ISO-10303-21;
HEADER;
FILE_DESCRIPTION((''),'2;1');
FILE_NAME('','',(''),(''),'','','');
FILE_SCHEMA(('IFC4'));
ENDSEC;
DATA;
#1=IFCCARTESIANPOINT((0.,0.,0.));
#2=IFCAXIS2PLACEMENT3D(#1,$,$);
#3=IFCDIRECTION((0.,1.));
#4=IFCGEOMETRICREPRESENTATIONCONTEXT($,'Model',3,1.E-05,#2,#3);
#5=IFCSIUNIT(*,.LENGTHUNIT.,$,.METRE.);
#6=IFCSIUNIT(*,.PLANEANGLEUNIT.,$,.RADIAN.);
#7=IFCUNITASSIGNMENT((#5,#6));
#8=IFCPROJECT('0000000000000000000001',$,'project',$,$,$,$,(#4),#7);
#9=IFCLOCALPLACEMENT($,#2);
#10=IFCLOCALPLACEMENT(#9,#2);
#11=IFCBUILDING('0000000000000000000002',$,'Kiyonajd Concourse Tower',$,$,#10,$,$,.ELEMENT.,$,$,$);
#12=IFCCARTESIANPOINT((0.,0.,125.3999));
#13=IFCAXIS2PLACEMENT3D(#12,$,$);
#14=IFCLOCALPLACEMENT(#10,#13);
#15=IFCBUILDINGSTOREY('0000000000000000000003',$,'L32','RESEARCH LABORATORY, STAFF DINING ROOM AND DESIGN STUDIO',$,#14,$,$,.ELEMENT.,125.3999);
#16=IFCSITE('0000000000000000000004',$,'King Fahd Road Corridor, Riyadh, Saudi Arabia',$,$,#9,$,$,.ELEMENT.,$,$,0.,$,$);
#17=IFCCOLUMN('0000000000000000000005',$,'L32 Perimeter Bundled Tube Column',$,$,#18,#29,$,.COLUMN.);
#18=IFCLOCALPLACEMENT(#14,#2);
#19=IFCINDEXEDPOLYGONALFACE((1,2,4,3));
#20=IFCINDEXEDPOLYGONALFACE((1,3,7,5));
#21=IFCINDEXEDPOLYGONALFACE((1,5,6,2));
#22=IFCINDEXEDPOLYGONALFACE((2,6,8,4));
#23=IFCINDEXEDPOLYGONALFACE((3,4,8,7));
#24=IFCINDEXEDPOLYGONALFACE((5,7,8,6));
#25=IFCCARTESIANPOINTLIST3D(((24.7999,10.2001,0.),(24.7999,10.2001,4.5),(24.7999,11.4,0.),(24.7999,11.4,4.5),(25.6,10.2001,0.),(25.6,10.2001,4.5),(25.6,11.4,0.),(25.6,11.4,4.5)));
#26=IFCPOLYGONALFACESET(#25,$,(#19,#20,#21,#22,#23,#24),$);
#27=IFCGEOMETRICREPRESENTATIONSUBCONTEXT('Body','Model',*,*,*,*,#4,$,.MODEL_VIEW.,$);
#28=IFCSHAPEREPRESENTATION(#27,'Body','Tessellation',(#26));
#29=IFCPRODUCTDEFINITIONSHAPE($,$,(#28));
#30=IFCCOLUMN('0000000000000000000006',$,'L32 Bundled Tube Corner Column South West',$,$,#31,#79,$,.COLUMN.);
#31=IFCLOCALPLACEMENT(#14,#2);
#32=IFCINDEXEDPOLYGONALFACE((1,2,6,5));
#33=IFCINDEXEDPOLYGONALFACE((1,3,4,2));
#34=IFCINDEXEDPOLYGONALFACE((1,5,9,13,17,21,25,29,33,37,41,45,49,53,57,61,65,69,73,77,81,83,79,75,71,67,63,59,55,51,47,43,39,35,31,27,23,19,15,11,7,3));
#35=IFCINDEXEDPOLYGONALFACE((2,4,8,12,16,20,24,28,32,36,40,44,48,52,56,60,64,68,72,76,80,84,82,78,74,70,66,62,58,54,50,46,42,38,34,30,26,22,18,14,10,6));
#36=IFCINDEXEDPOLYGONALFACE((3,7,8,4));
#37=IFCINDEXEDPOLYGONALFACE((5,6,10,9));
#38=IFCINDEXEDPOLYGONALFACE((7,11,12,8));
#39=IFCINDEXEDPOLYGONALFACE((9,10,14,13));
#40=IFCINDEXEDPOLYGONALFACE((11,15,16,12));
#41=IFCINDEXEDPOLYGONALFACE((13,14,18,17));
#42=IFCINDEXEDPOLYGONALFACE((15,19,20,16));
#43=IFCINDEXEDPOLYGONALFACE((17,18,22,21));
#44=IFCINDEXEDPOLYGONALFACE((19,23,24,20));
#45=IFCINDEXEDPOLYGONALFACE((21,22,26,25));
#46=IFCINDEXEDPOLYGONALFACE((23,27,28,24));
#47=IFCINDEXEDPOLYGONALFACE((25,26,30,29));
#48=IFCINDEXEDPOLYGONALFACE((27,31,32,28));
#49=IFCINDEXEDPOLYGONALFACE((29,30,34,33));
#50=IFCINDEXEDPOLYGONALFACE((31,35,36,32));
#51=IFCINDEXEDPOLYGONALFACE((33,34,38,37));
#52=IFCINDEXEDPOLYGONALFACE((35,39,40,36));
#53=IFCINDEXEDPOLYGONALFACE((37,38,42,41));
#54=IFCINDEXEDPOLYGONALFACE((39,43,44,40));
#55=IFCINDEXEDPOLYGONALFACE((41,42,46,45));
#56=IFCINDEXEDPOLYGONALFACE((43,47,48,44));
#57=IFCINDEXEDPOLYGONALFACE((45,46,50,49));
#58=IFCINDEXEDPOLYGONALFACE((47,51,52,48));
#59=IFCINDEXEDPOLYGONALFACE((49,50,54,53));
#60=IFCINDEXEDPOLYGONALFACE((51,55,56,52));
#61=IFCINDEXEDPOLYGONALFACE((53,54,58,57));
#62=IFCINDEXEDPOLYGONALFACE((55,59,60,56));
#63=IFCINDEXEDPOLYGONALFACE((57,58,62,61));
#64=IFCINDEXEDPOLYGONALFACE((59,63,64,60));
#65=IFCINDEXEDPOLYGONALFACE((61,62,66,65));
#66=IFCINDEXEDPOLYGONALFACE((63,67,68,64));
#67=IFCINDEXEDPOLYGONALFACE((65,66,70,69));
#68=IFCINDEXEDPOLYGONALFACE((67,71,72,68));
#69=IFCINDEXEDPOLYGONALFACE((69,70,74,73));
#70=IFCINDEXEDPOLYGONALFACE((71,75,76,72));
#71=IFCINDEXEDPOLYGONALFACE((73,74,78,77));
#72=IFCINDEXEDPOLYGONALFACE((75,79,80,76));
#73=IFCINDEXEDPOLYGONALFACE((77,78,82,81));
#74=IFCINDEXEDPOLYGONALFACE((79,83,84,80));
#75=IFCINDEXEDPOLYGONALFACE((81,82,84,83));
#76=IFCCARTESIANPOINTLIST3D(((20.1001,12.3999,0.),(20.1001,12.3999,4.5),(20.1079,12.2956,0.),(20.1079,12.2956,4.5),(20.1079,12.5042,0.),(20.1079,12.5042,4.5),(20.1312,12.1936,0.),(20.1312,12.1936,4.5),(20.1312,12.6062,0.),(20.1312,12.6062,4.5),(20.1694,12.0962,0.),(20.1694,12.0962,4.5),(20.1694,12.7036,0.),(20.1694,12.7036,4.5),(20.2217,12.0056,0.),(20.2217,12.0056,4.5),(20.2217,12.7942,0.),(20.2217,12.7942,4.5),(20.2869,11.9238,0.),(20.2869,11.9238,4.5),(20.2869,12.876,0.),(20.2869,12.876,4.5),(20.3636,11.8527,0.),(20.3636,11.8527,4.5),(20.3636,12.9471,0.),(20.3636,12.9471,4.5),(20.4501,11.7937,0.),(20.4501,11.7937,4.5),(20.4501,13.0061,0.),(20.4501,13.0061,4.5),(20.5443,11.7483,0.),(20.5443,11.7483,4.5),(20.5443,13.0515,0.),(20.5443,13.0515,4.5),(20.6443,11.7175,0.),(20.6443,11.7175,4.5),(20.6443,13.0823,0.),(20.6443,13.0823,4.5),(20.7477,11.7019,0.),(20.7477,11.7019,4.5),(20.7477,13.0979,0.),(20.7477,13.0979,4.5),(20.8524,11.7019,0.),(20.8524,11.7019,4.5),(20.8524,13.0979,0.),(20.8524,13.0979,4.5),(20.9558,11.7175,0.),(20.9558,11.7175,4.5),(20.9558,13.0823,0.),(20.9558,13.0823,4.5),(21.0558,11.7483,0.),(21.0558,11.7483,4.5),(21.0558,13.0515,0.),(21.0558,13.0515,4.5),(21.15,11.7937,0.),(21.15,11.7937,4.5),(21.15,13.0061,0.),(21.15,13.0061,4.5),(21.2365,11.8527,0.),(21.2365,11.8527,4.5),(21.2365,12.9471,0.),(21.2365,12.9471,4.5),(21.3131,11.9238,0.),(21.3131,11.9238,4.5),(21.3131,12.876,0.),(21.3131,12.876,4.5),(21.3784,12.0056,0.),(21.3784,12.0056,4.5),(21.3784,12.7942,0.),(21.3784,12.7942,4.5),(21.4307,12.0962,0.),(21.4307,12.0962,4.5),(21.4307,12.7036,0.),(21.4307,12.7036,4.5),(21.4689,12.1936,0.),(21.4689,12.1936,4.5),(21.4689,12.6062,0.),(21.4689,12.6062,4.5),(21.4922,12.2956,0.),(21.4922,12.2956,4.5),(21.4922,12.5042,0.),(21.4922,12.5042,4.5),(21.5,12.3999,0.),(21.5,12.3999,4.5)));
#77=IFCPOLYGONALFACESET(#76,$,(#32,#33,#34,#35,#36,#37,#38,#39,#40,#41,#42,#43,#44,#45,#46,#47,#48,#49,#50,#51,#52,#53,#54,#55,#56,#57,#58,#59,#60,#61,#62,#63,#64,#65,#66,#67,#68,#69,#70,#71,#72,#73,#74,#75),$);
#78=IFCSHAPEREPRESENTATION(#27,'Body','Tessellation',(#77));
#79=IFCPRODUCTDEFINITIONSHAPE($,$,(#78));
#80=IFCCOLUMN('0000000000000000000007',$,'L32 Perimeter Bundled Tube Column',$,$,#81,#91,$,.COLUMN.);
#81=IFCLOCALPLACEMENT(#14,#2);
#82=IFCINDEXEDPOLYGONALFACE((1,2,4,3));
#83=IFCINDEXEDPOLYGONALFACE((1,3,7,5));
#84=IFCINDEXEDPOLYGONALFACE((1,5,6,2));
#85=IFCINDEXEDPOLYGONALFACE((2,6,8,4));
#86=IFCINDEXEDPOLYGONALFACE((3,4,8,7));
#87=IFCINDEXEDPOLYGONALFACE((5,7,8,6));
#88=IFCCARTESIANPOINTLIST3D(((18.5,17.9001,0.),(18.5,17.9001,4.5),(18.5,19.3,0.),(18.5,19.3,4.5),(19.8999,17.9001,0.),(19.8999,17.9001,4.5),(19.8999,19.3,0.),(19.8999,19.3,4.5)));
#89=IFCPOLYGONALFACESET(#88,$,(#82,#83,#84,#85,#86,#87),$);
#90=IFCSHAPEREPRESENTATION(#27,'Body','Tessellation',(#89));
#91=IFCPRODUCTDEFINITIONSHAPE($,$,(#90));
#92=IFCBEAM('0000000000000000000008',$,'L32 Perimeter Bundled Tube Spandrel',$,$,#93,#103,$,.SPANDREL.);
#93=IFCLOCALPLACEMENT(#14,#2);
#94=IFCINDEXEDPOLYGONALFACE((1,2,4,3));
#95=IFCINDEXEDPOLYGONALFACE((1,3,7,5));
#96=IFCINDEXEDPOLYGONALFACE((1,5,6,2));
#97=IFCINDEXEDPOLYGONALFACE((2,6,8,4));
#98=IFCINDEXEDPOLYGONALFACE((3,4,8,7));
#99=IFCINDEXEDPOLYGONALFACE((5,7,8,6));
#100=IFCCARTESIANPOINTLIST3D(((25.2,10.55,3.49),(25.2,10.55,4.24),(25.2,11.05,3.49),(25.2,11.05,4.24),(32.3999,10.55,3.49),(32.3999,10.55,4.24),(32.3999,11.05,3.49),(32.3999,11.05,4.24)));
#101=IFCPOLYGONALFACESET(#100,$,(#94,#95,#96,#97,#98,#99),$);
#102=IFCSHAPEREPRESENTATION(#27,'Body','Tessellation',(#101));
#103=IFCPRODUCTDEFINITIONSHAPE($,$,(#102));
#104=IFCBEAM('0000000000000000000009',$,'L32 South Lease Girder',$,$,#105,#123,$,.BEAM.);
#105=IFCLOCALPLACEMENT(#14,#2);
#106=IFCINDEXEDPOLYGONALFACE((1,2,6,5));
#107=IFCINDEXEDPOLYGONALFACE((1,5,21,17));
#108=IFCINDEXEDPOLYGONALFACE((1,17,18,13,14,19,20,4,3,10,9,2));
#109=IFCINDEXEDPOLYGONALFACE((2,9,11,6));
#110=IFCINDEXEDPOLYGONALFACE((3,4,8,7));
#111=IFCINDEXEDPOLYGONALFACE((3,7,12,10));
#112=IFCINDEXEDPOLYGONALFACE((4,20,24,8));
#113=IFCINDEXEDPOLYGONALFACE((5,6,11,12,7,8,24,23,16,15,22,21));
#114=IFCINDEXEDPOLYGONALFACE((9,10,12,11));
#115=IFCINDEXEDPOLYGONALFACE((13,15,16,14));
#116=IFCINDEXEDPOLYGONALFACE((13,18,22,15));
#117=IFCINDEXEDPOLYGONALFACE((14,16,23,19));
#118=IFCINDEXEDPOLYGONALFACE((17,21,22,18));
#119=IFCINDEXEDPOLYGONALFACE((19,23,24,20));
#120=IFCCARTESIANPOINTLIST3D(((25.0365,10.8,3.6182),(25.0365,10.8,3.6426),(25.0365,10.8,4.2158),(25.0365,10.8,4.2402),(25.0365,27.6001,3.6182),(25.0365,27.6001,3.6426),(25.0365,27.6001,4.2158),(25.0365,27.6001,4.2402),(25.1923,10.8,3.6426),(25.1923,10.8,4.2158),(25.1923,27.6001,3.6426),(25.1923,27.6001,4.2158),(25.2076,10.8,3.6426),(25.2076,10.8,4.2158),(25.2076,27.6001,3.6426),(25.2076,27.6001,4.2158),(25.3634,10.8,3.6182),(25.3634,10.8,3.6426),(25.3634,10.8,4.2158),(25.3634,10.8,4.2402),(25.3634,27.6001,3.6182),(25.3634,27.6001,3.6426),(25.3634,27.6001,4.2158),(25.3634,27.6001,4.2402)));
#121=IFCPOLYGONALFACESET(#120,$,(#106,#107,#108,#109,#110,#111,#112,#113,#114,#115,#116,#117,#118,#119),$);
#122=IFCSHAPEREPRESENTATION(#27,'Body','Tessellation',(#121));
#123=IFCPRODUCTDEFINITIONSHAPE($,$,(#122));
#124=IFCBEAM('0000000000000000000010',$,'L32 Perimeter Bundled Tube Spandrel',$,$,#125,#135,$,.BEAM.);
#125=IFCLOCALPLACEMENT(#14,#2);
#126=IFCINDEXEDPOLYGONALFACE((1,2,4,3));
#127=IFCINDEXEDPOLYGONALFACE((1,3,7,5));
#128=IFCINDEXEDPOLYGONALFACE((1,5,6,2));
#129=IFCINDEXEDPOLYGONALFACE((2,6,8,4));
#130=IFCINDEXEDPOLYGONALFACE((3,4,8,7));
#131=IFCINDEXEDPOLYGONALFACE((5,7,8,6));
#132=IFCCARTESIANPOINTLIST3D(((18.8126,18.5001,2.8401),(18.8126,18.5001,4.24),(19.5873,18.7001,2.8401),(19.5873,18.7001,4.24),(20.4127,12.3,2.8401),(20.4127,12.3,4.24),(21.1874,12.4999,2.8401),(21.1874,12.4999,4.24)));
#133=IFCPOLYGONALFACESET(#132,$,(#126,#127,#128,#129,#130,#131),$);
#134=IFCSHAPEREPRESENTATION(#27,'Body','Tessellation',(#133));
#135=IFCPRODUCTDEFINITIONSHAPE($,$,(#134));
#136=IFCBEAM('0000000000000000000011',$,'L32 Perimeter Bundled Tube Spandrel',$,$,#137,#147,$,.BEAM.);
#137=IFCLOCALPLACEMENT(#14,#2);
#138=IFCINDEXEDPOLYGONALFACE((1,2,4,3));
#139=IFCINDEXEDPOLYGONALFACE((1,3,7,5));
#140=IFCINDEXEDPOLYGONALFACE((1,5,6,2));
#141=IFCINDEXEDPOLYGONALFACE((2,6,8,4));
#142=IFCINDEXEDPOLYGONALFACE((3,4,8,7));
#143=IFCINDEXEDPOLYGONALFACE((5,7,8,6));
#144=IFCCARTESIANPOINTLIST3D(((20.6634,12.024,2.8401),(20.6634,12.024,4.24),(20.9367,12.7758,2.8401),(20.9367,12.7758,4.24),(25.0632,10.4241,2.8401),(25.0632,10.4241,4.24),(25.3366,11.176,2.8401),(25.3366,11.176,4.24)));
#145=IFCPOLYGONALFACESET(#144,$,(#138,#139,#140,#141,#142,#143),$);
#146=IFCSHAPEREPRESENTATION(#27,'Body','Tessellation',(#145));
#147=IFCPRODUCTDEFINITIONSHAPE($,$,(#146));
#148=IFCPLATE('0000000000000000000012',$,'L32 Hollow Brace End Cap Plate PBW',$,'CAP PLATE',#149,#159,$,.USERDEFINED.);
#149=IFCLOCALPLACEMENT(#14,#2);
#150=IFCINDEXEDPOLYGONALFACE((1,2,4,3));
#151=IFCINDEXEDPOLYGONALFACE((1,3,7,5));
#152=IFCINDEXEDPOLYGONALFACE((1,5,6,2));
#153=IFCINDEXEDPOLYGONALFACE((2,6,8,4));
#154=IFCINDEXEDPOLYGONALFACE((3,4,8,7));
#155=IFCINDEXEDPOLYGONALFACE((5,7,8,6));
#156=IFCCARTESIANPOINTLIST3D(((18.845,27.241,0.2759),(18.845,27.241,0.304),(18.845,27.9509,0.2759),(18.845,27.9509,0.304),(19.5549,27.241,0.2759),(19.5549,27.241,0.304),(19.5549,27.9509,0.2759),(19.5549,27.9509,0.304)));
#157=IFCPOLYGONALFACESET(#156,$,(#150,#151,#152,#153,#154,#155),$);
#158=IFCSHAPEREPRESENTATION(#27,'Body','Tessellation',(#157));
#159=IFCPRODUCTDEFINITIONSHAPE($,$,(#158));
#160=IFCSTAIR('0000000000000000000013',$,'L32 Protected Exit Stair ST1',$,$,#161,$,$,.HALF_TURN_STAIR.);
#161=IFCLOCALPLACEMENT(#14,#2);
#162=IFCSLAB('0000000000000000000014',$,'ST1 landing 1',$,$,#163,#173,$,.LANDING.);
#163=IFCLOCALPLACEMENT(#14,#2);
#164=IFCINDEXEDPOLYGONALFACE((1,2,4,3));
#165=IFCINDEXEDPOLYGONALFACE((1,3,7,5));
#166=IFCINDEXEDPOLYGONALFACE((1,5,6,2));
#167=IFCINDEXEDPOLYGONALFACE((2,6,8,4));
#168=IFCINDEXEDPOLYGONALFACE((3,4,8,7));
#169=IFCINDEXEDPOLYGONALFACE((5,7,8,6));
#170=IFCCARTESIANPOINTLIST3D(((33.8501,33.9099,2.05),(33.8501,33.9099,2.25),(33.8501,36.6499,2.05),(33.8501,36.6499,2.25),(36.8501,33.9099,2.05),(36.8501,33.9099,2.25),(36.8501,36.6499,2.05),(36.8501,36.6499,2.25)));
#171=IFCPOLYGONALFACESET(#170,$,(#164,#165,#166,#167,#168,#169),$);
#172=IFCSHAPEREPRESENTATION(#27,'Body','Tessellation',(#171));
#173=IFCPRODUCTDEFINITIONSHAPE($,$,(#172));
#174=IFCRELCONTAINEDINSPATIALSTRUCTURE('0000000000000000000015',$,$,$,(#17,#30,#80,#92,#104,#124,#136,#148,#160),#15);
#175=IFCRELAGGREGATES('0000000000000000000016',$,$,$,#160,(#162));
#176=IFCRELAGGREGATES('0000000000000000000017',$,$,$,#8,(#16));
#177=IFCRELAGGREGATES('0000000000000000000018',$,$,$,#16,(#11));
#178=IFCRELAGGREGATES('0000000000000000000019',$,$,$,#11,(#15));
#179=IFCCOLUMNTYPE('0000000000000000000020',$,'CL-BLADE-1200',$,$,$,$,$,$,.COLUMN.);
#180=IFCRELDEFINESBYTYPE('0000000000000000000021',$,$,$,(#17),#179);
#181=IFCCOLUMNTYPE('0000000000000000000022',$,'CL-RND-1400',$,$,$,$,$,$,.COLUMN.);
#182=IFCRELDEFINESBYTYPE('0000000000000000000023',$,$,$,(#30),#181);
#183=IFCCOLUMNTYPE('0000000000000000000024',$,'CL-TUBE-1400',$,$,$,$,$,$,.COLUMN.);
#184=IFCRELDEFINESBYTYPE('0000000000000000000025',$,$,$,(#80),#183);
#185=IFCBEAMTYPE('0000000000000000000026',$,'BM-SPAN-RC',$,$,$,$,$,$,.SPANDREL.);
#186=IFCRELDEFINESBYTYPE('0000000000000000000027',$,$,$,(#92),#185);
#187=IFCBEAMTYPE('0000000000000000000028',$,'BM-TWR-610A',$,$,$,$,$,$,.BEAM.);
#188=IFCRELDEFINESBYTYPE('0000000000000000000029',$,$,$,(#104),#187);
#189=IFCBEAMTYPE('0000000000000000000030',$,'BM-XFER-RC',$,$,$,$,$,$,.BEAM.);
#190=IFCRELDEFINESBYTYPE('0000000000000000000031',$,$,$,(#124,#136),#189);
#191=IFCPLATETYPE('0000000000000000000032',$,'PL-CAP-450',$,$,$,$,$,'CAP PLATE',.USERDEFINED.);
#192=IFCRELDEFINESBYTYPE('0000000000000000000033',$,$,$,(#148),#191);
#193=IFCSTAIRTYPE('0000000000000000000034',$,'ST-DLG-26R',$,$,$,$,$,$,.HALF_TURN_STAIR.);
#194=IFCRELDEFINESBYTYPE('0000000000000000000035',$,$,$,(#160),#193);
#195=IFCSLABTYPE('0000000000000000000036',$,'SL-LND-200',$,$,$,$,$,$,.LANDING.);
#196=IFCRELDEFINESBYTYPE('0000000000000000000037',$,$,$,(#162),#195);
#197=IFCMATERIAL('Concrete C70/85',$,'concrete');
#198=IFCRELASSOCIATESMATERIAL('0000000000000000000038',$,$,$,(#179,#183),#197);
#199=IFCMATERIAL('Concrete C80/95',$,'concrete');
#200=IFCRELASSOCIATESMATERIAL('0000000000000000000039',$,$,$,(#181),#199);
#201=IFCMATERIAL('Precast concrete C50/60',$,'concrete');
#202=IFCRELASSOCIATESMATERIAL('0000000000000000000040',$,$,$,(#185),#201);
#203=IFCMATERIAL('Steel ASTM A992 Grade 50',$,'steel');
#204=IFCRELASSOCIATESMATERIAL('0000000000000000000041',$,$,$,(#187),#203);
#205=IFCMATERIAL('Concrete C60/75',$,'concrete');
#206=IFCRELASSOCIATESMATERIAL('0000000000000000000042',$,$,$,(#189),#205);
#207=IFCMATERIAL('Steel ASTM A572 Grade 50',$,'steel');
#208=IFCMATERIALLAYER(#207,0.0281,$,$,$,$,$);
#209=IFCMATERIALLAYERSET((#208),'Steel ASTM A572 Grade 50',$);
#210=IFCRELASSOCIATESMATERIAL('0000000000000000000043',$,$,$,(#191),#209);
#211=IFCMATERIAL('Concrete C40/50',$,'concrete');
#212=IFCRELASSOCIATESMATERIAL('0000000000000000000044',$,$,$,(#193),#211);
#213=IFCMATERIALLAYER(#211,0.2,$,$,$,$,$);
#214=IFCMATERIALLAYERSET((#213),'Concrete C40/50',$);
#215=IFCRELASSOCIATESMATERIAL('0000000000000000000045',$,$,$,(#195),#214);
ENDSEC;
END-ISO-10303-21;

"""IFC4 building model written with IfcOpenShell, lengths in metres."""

from ifc_helpers import new_model, si_unit, direction, frame, origin, origin_2d, place, context, subcontext, project, spatial, polyline, rectangle, circle, i_section, outline, extrude, material, layer, layer_set, material_profile, profile_set, type_object, element, aggregate, save


model = new_model("IFC4")

# Units and contexts
model_context = context("Model", 3, precision=1e-05, world=origin(), true_north=direction((0.0, 1.0)))
body_context = subcontext(model_context, "Body", "Model", "MODEL_VIEW")
ifc_project = project(units=[si_unit("LENGTHUNIT", "METRE"), si_unit("PLANEANGLEUNIT", "RADIAN")], contexts=[model_context])

# Site, building, storey
site_placement = place(None, origin())
site = spatial("IfcSite", under=ifc_project, at=site_placement, Name="King Fahd Road Corridor, Riyadh, Saudi Arabia", CompositionType="ELEMENT", RefElevation=0.0)
building_placement = place(site_placement, origin())
building = spatial("IfcBuilding", under=site, at=building_placement, Name="Kiyonajd Concourse Tower", CompositionType="ELEMENT")
storey_placement = place(building_placement, frame((0.0, 0.0, 125.3999)))
storey = spatial("IfcBuildingStorey", under=building, at=storey_placement, Name="L32", Description="RESEARCH LABORATORY, STAFF DINING ROOM AND DESIGN STUDIO", CompositionType="ELEMENT", Elevation=125.3999)

# Columns
ifc_material_1 = material(Name="Concrete C70/85", Category="concrete")
ifc_material_profile_1 = material_profile(ifc_material_1, rectangle(XDim=0.8, YDim=1.2, at=origin_2d()), Name="RC-1200x800")
ifc_profile_set_1 = profile_set([ifc_material_profile_1], Name="Concrete C70/85")
column_type_1 = type_object("IfcColumnType", Name="CL-BLADE-1200", PredefinedType="COLUMN", material=ifc_profile_set_1)
column_1_placement = place(storey_placement, frame((25.2, 10.8, 0.0), z_axis=(0.0, 0.0, 1.0), x_axis=(1.0, 0.0, 0.0)))
element("IfcColumn", 1, at=column_1_placement, inside=storey, type_object=column_type_1, Name="L32 Perimeter Bundled Tube Column", PredefinedType="COLUMN", context=body_context, shape_type="SweptSolid", body=[
    extrude(rectangle(XDim=0.8, YDim=1.2, at=origin_2d()), origin(), (0.0, 0.0, 1.0), 4.5),
])
ifc_material_2 = material(Name="Concrete C80/95", Category="concrete")
ifc_material_profile_2 = material_profile(ifc_material_2, circle(Radius=0.7, at=origin_2d()), Name="RCC-D1400")
ifc_profile_set_2 = profile_set([ifc_material_profile_2], Name="Concrete C80/95")
column_type_2 = type_object("IfcColumnType", Name="CL-RND-1400", PredefinedType="COLUMN", material=ifc_profile_set_2)
column_2_placement = place(storey_placement, frame((20.8, 12.3999, 0.0), z_axis=(0.0, 0.0, 1.0), x_axis=(1.0, 0.0, 0.0)))
element("IfcColumn", 2, at=column_2_placement, inside=storey, type_object=column_type_2, Name="L32 Bundled Tube Corner Column South West", PredefinedType="COLUMN", context=body_context, shape_type="SweptSolid", body=[
    extrude(circle(Radius=0.7, at=origin_2d()), origin(), (0.0, 0.0, 1.0), 4.5),
])
ifc_material_profile_3 = material_profile(ifc_material_1, rectangle(XDim=1.3999, YDim=1.3999, at=origin_2d()), Name="RC-1400x1400")
ifc_profile_set_3 = profile_set([ifc_material_profile_3], Name="Concrete C70/85")
column_type_3 = type_object("IfcColumnType", Name="CL-TUBE-1400", PredefinedType="COLUMN", material=ifc_profile_set_3)
column_3_placement = place(storey_placement, frame((19.2, 18.6001, 0.0), z_axis=(0.0, 0.0, 1.0), x_axis=(1.0, 0.0, 0.0)))
element("IfcColumn", 3, at=column_3_placement, inside=storey, type_object=column_type_3, Name="L32 Perimeter Bundled Tube Column", PredefinedType="COLUMN", context=body_context, shape_type="SweptSolid", body=[
    extrude(rectangle(XDim=1.3999, YDim=1.3999, at=origin_2d()), origin(), (0.0, 0.0, 1.0), 4.5),
])

# Beams
ifc_material_3 = material(Name="Precast concrete C50/60", Category="concrete")
ifc_material_profile_4 = material_profile(ifc_material_3, rectangle(XDim=0.5, YDim=0.75, at=origin_2d()), Name="RCBM-500x750")
ifc_profile_set_4 = profile_set([ifc_material_profile_4], Name="Precast concrete C50/60")
beam_type_1 = type_object("IfcBeamType", Name="BM-SPAN-RC", PredefinedType="SPANDREL", material=ifc_profile_set_4)
beam_1_placement = place(storey_placement, frame((25.2, 10.8, 3.865), z_axis=(1.0, 0.0, 0.0), x_axis=(0.0, 1.0, 0.0)))
element("IfcBeam", 4, at=beam_1_placement, inside=storey, type_object=beam_type_1, Name="L32 Perimeter Bundled Tube Spandrel", PredefinedType="SPANDREL", context=body_context, shape_type="SweptSolid", body=[
    extrude(rectangle(XDim=0.5, YDim=0.75, at=origin_2d()), origin(), (0.0, 0.0, 1.0), 7.2),
])
ifc_material_4 = material(Name="Steel ASTM A992 Grade 50", Category="steel")
ifc_material_profile_5 = material_profile(ifc_material_4, i_section(OverallWidth=0.3269, OverallDepth=0.6221, WebThickness=0.0154, FlangeThickness=0.0244, at=origin_2d()), Name="W610X195")
ifc_profile_set_5 = profile_set([ifc_material_profile_5], Name="Steel ASTM A992 Grade 50")
beam_type_2 = type_object("IfcBeamType", Name="BM-TWR-610A", PredefinedType="BEAM", material=ifc_profile_set_5)
beam_2_placement = place(storey_placement, frame((25.2, 10.8, 3.9292), z_axis=(0.0, 1.0, 0.0), x_axis=(-1.0, 0.0, 0.0)))
element("IfcBeam", 5, at=beam_2_placement, inside=storey, type_object=beam_type_2, Name="L32 South Lease Girder", PredefinedType="BEAM", context=body_context, shape_type="SweptSolid", body=[
    extrude(i_section(OverallWidth=0.3269, OverallDepth=0.6221, WebThickness=0.0154, FlangeThickness=0.0244, at=origin_2d()), origin(), (0.0, 0.0, 1.0), 16.8),
])
ifc_material_5 = material(Name="Concrete C60/75", Category="concrete")
ifc_material_profile_6 = material_profile(ifc_material_5, rectangle(XDim=0.8, YDim=1.3999, at=origin_2d()), Name="RCBM-800x1400")
ifc_profile_set_6 = profile_set([ifc_material_profile_6], Name="Concrete C60/75")
beam_type_3 = type_object("IfcBeamType", Name="BM-XFER-RC", PredefinedType="BEAM", material=ifc_profile_set_6)
beam_3_placement = place(storey_placement, frame((19.2, 18.6001, 3.54), z_axis=(0.249885, -0.968276, 0.0), x_axis=(0.968276, 0.249885, 0.0)))
element("IfcBeam", 6, at=beam_3_placement, inside=storey, type_object=beam_type_3, Name="L32 Perimeter Bundled Tube Spandrel", PredefinedType="BEAM", context=body_context, shape_type="SweptSolid", body=[
    extrude(rectangle(XDim=0.8, YDim=1.3999, at=origin_2d()), origin(), (0.0, 0.0, 1.0), 6.4033),
])
beam_4_placement = place(storey_placement, frame((20.8, 12.3999, 3.54), z_axis=(0.939801, -0.341722, 0.0), x_axis=(0.341722, 0.939801, 0.0)))
element("IfcBeam", 7, at=beam_4_placement, inside=storey, type_object=beam_type_3, Name="L32 Perimeter Bundled Tube Spandrel", PredefinedType="BEAM", context=body_context, shape_type="SweptSolid", body=[
    extrude(rectangle(XDim=0.8, YDim=1.3999, at=origin_2d()), origin(), (0.0, 0.0, 1.0), 4.6816),
])

# Plate
ifc_material_6 = material(Name="Steel ASTM A572 Grade 50", Category="steel")
ifc_layer_1 = layer(ifc_material_6, 0.0281)
ifc_layer_set_1 = layer_set([ifc_layer_1], Name="Steel ASTM A572 Grade 50")
plate_type = type_object("IfcPlateType", Name="PL-CAP-450", ElementType="CAP PLATE", PredefinedType="USERDEFINED", material=ifc_layer_set_1)
plate_placement = place(storey_placement, frame((19.2, 27.5959, 0.2759), z_axis=(0.0, 0.0, 1.0), x_axis=(1.0, 0.0, 0.0)))
element("IfcPlate", 8, at=plate_placement, inside=storey, type_object=plate_type, Name="L32 Hollow Brace End Cap Plate PBW", ObjectType="CAP PLATE", PredefinedType="USERDEFINED", context=body_context, shape_type="SweptSolid", body=[
    extrude(rectangle(XDim=0.71, YDim=0.71, at=origin_2d()), origin(), (0.0, 0.0, 1.0), 0.0281),
])

# Stair, slab
ifc_material_7 = material(Name="Concrete C40/50", Category="concrete")
stair_type = type_object("IfcStairType", Name="ST-DLG-26R", PredefinedType="HALF_TURN_STAIR", material=ifc_material_7)
stair_1_placement = place(storey_placement, origin())
stair_1 = element("IfcStair", 9, at=stair_1_placement, inside=storey, type_object=stair_type, Name="L32 Protected Exit Stair ST1", PredefinedType="HALF_TURN_STAIR")
ifc_layer_2 = layer(ifc_material_7, 0.2)
ifc_layer_set_2 = layer_set([ifc_layer_2], Name="Concrete C40/50")
slab_type_1 = type_object("IfcSlabType", Name="SL-LND-200", PredefinedType="LANDING", material=ifc_layer_set_2)
slab_1_placement = place(storey_placement, frame((0.0, 0.0, 2.05)))
slab_1 = element("IfcSlab", 10, at=slab_1_placement, type_object=slab_type_1, Name="ST1 landing 1", PredefinedType="LANDING", context=body_context, shape_type="SweptSolid", body=[
    extrude(outline(polyline([(36.8501, 33.9099), (36.8501, 36.6499), (33.8501, 36.6499), (33.8501, 33.9099), (36.8501, 33.9099)])), origin(), (0.0, 0.0, 1.0), 0.2),
])
aggregate(stair_1, [slab_1])

save(model, "model.ifc")
